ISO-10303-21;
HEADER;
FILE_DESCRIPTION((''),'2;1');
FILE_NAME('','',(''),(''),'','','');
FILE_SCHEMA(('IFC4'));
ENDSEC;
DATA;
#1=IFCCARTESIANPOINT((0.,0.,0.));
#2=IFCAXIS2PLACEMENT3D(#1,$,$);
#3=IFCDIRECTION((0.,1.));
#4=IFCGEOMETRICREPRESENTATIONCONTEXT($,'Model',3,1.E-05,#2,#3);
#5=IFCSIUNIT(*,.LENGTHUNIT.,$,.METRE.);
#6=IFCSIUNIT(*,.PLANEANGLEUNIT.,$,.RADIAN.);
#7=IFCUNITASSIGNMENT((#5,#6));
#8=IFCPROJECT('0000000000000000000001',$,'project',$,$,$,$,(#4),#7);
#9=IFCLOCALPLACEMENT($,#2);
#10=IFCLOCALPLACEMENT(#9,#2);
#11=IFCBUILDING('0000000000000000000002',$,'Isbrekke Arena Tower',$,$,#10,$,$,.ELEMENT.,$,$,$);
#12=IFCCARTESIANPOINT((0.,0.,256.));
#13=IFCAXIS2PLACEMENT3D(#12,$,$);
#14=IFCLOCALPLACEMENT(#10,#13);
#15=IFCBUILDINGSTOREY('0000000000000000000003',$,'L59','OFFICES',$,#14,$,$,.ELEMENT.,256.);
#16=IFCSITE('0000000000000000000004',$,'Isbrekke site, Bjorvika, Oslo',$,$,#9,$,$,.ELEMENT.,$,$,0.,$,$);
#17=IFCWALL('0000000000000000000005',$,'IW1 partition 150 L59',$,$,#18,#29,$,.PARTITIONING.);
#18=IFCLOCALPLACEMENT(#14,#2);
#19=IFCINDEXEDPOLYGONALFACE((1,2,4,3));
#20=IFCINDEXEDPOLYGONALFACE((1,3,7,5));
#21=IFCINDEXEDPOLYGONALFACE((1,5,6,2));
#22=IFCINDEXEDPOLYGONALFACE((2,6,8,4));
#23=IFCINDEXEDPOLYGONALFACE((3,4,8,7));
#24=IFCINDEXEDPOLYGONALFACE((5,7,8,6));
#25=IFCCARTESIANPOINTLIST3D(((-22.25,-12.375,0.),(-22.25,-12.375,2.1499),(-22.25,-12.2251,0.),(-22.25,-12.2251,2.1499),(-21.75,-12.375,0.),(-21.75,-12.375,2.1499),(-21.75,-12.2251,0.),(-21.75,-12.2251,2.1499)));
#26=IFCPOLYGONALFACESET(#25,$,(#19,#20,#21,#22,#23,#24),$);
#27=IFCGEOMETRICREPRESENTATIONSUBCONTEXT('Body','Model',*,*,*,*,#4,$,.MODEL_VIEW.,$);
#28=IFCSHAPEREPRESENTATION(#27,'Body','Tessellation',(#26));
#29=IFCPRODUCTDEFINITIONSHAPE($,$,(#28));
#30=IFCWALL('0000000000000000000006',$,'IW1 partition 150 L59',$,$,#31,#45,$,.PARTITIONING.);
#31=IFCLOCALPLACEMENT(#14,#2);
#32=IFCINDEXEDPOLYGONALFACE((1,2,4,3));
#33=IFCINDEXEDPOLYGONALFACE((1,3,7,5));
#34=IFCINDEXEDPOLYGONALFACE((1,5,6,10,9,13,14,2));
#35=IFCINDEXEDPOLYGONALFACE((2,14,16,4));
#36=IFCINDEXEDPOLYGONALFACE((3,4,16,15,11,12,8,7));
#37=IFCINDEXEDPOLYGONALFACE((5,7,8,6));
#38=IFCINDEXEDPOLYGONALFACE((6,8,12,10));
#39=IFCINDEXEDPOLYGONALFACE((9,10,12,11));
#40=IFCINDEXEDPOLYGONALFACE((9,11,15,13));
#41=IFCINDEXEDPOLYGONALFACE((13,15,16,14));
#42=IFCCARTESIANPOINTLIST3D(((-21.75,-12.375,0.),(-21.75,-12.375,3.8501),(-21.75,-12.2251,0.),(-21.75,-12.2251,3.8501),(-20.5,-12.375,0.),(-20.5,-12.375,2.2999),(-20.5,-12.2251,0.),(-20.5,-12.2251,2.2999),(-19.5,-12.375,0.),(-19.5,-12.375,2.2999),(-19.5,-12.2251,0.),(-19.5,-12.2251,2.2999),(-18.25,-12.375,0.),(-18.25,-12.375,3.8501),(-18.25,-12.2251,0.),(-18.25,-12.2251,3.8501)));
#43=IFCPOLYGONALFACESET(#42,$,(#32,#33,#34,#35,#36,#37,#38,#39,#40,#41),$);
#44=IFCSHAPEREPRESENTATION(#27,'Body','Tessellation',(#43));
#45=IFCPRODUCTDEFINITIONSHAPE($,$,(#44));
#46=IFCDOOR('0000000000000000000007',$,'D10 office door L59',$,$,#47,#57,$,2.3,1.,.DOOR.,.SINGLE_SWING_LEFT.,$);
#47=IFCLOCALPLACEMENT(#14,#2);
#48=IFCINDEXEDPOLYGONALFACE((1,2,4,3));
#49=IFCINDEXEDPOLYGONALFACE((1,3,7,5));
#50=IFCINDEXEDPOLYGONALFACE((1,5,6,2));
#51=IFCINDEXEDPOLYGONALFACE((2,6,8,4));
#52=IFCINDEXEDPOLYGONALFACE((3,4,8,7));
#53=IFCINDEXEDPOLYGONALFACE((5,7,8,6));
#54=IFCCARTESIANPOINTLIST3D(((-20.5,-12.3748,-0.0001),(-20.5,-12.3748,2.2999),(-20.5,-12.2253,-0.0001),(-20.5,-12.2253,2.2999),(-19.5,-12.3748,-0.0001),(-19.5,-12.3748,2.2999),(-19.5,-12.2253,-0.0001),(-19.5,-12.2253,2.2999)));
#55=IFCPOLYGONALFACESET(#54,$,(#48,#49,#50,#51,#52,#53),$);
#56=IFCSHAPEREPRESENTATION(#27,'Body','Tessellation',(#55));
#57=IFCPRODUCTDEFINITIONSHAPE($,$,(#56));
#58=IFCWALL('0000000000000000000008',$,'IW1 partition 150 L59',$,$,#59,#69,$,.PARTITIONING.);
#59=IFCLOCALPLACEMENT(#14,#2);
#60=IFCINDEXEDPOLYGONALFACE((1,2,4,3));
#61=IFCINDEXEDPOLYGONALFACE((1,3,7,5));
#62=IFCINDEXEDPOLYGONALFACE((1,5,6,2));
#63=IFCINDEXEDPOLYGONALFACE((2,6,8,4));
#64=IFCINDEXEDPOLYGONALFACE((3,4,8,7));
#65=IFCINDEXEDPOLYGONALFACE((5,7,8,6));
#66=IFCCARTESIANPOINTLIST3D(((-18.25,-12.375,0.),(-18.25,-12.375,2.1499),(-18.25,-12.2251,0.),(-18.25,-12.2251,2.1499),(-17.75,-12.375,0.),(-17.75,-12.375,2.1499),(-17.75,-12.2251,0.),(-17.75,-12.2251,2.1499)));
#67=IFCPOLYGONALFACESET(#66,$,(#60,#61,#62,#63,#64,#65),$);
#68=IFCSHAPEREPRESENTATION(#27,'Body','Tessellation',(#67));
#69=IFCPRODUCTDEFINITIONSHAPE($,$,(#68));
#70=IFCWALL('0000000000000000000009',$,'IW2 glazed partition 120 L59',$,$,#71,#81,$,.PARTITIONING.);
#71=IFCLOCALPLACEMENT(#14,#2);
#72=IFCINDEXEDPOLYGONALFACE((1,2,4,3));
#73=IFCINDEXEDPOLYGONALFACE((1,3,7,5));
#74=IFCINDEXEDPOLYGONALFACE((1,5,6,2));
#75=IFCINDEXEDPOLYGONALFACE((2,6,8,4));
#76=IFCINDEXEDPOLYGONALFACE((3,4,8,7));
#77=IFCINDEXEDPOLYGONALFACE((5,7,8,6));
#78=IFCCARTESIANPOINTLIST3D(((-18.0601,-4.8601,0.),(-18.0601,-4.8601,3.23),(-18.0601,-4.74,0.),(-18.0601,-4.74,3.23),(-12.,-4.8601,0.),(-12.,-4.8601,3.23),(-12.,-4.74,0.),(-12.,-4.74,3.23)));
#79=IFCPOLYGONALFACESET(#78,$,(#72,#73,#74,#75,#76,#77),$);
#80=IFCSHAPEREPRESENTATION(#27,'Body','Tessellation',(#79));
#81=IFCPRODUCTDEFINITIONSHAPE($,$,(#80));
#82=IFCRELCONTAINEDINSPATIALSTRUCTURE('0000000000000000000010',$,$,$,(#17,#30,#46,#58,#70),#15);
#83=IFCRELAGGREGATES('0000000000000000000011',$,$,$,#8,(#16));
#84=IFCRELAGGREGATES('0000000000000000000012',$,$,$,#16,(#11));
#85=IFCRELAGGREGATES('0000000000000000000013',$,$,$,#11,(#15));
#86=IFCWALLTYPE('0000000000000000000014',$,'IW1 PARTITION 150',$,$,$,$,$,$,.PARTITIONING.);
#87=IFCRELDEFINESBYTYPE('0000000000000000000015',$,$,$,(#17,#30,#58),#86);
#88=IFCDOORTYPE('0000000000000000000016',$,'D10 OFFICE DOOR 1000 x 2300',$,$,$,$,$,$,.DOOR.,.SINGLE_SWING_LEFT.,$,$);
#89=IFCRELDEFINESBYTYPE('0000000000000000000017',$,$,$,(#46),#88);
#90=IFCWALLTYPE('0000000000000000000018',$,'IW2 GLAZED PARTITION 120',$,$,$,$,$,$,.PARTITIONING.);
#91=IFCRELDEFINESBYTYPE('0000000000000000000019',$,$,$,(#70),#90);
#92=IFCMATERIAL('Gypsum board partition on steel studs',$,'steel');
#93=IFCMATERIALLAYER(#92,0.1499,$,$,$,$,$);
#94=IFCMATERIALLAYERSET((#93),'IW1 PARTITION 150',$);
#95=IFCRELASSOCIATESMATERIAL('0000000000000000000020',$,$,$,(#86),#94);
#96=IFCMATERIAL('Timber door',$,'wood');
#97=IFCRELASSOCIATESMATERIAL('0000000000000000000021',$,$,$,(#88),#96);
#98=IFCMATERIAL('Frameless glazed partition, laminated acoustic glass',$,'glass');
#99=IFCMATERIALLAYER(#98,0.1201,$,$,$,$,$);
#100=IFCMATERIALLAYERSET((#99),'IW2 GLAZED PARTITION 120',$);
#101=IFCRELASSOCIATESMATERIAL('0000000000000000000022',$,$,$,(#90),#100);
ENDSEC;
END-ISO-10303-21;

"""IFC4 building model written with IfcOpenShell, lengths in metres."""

from ifc_helpers import new_model, si_unit, direction, frame, frame_2d, origin, place, context, subcontext, project, spatial, rectangle, extrude, material, layer, layer_set, type_object, element, fill, save


model = new_model("IFC4")

# Units and contexts
model_context = context("Model", 3, precision=1e-05, world=origin(), true_north=direction((0.0, 1.0)))
body_context = subcontext(model_context, "Body", "Model", "MODEL_VIEW")
ifc_project = project(units=[si_unit("LENGTHUNIT", "METRE"), si_unit("PLANEANGLEUNIT", "RADIAN")], contexts=[model_context])

# Site, building, storey
site_placement = place(None, origin())
site = spatial("IfcSite", under=ifc_project, at=site_placement, Name="Isbrekke site, Bjorvika, Oslo", CompositionType="ELEMENT", RefElevation=0.0)
building_placement = place(site_placement, origin())
building = spatial("IfcBuilding", under=site, at=building_placement, Name="Isbrekke Arena Tower", CompositionType="ELEMENT")
storey_placement = place(building_placement, frame((0.0, 0.0, 256.0)))
storey = spatial("IfcBuildingStorey", under=building, at=storey_placement, Name="L59", Description="OFFICES", CompositionType="ELEMENT", Elevation=256.0)

# Shared definitions
ifc_material_1 = material(Name="Gypsum board partition on steel studs", Category="steel")
ifc_layer_1 = layer(ifc_material_1, 0.1499)
ifc_layer_set_1 = layer_set([ifc_layer_1], Name="IW1 PARTITION 150")
wall_type_1 = type_object("IfcWallType", Name="IW1 PARTITION 150", PredefinedType="PARTITIONING", material=ifc_layer_set_1)

# Shared definitions
ifc_material_2 = material(Name="Timber door", Category="wood")
door_type = type_object("IfcDoorType", Name="D10 OFFICE DOOR 1000 x 2300", OperationType="SINGLE_SWING_LEFT", PredefinedType="DOOR", material=ifc_material_2)

# Wall
wall_1_placement = place(storey_placement, frame((-22.25, -12.3, 0.0), z_axis=(0.0, 0.0, 1.0), x_axis=(1.0, 0.0, 0.0)))
element("IfcWall", 1, at=wall_1_placement, inside=storey, type_object=wall_type_1, Name="IW1 partition 150 L59", PredefinedType="PARTITIONING", context=body_context, shape_type="SweptSolid", body=[
    extrude(rectangle(XDim=0.5, YDim=0.1499, at=frame_2d((0.25, 0.0))), origin(), (0.0, 0.0, 1.0), 2.1499),
])

# Wall, opening, door
wall_2_placement = place(storey_placement, frame((-21.75, -12.3, 0.0), z_axis=(0.0, 0.0, 1.0), x_axis=(1.0, 0.0, 0.0)))
wall_2 = element("IfcWall", 2, at=wall_2_placement, inside=storey, type_object=wall_type_1, Name="IW1 partition 150 L59", PredefinedType="PARTITIONING", context=body_context, shape_type="SweptSolid", body=[
    extrude(rectangle(XDim=3.5, YDim=0.1499, at=frame_2d((1.75, 0.0))), origin(), (0.0, 0.0, 1.0), 3.8501),
])
opening_1_placement = place(wall_2_placement, frame((1.25, 0.0, 0.0)))
opening_1 = element("IfcOpeningElement", 3, at=opening_1_placement, cuts=wall_2, PredefinedType="OPENING", context=body_context, shape_type="SweptSolid", body=[
    extrude(rectangle(XDim=1.0, YDim=2.3, at=frame_2d((0.5, 1.1499))), frame((0.0, 0.0898, 0.0), z_axis=(0.0, -1.0, 0.0), x_axis=(1.0, 0.0, 0.0)), (0.0, 0.0, 1.0), 0.1797),
])
door_1_placement = place(opening_1_placement, origin())
door_1 = element("IfcDoor", 4, at=door_1_placement, inside=storey, type_object=door_type, Name="D10 office door L59", OperationType="SINGLE_SWING_LEFT", OverallHeight=2.3, OverallWidth=1.0, PredefinedType="DOOR", context=body_context, shape_type="SweptSolid", body=[
    extrude(rectangle(XDim=1.0, YDim=2.3, at=frame_2d((0.5, 1.1499))), frame((0.0, 0.0747, 0.0), z_axis=(0.0, -1.0, 0.0), x_axis=(1.0, 0.0, 0.0)), (0.0, 0.0, 1.0), 0.1494),
])
fill(opening_1, door_1)

# Walls
wall_3_placement = place(storey_placement, frame((-18.25, -12.3, 0.0), z_axis=(0.0, 0.0, 1.0), x_axis=(1.0, 0.0, 0.0)))
element("IfcWall", 5, at=wall_3_placement, inside=storey, type_object=wall_type_1, Name="IW1 partition 150 L59", PredefinedType="PARTITIONING", context=body_context, shape_type="SweptSolid", body=[
    extrude(rectangle(XDim=0.5, YDim=0.1499, at=frame_2d((0.25, 0.0))), origin(), (0.0, 0.0, 1.0), 2.1499),
])
ifc_material_3 = material(Name="Frameless glazed partition, laminated acoustic glass", Category="glass")
ifc_layer_2 = layer(ifc_material_3, 0.1201)
ifc_layer_set_2 = layer_set([ifc_layer_2], Name="IW2 GLAZED PARTITION 120")
wall_type_2 = type_object("IfcWallType", Name="IW2 GLAZED PARTITION 120", PredefinedType="PARTITIONING", material=ifc_layer_set_2)
wall_4_placement = place(storey_placement, frame((-18.0601, -4.8, 0.0), z_axis=(0.0, 0.0, 1.0), x_axis=(1.0, 0.0, 0.0)))
element("IfcWall", 6, at=wall_4_placement, inside=storey, type_object=wall_type_2, Name="IW2 glazed partition 120 L59", PredefinedType="PARTITIONING", context=body_context, shape_type="SweptSolid", body=[
    extrude(rectangle(XDim=6.0601, YDim=0.1201, at=frame_2d((3.03, 0.0))), origin(), (0.0, 0.0, 1.0), 3.23),
])

save(model, "model.ifc")
